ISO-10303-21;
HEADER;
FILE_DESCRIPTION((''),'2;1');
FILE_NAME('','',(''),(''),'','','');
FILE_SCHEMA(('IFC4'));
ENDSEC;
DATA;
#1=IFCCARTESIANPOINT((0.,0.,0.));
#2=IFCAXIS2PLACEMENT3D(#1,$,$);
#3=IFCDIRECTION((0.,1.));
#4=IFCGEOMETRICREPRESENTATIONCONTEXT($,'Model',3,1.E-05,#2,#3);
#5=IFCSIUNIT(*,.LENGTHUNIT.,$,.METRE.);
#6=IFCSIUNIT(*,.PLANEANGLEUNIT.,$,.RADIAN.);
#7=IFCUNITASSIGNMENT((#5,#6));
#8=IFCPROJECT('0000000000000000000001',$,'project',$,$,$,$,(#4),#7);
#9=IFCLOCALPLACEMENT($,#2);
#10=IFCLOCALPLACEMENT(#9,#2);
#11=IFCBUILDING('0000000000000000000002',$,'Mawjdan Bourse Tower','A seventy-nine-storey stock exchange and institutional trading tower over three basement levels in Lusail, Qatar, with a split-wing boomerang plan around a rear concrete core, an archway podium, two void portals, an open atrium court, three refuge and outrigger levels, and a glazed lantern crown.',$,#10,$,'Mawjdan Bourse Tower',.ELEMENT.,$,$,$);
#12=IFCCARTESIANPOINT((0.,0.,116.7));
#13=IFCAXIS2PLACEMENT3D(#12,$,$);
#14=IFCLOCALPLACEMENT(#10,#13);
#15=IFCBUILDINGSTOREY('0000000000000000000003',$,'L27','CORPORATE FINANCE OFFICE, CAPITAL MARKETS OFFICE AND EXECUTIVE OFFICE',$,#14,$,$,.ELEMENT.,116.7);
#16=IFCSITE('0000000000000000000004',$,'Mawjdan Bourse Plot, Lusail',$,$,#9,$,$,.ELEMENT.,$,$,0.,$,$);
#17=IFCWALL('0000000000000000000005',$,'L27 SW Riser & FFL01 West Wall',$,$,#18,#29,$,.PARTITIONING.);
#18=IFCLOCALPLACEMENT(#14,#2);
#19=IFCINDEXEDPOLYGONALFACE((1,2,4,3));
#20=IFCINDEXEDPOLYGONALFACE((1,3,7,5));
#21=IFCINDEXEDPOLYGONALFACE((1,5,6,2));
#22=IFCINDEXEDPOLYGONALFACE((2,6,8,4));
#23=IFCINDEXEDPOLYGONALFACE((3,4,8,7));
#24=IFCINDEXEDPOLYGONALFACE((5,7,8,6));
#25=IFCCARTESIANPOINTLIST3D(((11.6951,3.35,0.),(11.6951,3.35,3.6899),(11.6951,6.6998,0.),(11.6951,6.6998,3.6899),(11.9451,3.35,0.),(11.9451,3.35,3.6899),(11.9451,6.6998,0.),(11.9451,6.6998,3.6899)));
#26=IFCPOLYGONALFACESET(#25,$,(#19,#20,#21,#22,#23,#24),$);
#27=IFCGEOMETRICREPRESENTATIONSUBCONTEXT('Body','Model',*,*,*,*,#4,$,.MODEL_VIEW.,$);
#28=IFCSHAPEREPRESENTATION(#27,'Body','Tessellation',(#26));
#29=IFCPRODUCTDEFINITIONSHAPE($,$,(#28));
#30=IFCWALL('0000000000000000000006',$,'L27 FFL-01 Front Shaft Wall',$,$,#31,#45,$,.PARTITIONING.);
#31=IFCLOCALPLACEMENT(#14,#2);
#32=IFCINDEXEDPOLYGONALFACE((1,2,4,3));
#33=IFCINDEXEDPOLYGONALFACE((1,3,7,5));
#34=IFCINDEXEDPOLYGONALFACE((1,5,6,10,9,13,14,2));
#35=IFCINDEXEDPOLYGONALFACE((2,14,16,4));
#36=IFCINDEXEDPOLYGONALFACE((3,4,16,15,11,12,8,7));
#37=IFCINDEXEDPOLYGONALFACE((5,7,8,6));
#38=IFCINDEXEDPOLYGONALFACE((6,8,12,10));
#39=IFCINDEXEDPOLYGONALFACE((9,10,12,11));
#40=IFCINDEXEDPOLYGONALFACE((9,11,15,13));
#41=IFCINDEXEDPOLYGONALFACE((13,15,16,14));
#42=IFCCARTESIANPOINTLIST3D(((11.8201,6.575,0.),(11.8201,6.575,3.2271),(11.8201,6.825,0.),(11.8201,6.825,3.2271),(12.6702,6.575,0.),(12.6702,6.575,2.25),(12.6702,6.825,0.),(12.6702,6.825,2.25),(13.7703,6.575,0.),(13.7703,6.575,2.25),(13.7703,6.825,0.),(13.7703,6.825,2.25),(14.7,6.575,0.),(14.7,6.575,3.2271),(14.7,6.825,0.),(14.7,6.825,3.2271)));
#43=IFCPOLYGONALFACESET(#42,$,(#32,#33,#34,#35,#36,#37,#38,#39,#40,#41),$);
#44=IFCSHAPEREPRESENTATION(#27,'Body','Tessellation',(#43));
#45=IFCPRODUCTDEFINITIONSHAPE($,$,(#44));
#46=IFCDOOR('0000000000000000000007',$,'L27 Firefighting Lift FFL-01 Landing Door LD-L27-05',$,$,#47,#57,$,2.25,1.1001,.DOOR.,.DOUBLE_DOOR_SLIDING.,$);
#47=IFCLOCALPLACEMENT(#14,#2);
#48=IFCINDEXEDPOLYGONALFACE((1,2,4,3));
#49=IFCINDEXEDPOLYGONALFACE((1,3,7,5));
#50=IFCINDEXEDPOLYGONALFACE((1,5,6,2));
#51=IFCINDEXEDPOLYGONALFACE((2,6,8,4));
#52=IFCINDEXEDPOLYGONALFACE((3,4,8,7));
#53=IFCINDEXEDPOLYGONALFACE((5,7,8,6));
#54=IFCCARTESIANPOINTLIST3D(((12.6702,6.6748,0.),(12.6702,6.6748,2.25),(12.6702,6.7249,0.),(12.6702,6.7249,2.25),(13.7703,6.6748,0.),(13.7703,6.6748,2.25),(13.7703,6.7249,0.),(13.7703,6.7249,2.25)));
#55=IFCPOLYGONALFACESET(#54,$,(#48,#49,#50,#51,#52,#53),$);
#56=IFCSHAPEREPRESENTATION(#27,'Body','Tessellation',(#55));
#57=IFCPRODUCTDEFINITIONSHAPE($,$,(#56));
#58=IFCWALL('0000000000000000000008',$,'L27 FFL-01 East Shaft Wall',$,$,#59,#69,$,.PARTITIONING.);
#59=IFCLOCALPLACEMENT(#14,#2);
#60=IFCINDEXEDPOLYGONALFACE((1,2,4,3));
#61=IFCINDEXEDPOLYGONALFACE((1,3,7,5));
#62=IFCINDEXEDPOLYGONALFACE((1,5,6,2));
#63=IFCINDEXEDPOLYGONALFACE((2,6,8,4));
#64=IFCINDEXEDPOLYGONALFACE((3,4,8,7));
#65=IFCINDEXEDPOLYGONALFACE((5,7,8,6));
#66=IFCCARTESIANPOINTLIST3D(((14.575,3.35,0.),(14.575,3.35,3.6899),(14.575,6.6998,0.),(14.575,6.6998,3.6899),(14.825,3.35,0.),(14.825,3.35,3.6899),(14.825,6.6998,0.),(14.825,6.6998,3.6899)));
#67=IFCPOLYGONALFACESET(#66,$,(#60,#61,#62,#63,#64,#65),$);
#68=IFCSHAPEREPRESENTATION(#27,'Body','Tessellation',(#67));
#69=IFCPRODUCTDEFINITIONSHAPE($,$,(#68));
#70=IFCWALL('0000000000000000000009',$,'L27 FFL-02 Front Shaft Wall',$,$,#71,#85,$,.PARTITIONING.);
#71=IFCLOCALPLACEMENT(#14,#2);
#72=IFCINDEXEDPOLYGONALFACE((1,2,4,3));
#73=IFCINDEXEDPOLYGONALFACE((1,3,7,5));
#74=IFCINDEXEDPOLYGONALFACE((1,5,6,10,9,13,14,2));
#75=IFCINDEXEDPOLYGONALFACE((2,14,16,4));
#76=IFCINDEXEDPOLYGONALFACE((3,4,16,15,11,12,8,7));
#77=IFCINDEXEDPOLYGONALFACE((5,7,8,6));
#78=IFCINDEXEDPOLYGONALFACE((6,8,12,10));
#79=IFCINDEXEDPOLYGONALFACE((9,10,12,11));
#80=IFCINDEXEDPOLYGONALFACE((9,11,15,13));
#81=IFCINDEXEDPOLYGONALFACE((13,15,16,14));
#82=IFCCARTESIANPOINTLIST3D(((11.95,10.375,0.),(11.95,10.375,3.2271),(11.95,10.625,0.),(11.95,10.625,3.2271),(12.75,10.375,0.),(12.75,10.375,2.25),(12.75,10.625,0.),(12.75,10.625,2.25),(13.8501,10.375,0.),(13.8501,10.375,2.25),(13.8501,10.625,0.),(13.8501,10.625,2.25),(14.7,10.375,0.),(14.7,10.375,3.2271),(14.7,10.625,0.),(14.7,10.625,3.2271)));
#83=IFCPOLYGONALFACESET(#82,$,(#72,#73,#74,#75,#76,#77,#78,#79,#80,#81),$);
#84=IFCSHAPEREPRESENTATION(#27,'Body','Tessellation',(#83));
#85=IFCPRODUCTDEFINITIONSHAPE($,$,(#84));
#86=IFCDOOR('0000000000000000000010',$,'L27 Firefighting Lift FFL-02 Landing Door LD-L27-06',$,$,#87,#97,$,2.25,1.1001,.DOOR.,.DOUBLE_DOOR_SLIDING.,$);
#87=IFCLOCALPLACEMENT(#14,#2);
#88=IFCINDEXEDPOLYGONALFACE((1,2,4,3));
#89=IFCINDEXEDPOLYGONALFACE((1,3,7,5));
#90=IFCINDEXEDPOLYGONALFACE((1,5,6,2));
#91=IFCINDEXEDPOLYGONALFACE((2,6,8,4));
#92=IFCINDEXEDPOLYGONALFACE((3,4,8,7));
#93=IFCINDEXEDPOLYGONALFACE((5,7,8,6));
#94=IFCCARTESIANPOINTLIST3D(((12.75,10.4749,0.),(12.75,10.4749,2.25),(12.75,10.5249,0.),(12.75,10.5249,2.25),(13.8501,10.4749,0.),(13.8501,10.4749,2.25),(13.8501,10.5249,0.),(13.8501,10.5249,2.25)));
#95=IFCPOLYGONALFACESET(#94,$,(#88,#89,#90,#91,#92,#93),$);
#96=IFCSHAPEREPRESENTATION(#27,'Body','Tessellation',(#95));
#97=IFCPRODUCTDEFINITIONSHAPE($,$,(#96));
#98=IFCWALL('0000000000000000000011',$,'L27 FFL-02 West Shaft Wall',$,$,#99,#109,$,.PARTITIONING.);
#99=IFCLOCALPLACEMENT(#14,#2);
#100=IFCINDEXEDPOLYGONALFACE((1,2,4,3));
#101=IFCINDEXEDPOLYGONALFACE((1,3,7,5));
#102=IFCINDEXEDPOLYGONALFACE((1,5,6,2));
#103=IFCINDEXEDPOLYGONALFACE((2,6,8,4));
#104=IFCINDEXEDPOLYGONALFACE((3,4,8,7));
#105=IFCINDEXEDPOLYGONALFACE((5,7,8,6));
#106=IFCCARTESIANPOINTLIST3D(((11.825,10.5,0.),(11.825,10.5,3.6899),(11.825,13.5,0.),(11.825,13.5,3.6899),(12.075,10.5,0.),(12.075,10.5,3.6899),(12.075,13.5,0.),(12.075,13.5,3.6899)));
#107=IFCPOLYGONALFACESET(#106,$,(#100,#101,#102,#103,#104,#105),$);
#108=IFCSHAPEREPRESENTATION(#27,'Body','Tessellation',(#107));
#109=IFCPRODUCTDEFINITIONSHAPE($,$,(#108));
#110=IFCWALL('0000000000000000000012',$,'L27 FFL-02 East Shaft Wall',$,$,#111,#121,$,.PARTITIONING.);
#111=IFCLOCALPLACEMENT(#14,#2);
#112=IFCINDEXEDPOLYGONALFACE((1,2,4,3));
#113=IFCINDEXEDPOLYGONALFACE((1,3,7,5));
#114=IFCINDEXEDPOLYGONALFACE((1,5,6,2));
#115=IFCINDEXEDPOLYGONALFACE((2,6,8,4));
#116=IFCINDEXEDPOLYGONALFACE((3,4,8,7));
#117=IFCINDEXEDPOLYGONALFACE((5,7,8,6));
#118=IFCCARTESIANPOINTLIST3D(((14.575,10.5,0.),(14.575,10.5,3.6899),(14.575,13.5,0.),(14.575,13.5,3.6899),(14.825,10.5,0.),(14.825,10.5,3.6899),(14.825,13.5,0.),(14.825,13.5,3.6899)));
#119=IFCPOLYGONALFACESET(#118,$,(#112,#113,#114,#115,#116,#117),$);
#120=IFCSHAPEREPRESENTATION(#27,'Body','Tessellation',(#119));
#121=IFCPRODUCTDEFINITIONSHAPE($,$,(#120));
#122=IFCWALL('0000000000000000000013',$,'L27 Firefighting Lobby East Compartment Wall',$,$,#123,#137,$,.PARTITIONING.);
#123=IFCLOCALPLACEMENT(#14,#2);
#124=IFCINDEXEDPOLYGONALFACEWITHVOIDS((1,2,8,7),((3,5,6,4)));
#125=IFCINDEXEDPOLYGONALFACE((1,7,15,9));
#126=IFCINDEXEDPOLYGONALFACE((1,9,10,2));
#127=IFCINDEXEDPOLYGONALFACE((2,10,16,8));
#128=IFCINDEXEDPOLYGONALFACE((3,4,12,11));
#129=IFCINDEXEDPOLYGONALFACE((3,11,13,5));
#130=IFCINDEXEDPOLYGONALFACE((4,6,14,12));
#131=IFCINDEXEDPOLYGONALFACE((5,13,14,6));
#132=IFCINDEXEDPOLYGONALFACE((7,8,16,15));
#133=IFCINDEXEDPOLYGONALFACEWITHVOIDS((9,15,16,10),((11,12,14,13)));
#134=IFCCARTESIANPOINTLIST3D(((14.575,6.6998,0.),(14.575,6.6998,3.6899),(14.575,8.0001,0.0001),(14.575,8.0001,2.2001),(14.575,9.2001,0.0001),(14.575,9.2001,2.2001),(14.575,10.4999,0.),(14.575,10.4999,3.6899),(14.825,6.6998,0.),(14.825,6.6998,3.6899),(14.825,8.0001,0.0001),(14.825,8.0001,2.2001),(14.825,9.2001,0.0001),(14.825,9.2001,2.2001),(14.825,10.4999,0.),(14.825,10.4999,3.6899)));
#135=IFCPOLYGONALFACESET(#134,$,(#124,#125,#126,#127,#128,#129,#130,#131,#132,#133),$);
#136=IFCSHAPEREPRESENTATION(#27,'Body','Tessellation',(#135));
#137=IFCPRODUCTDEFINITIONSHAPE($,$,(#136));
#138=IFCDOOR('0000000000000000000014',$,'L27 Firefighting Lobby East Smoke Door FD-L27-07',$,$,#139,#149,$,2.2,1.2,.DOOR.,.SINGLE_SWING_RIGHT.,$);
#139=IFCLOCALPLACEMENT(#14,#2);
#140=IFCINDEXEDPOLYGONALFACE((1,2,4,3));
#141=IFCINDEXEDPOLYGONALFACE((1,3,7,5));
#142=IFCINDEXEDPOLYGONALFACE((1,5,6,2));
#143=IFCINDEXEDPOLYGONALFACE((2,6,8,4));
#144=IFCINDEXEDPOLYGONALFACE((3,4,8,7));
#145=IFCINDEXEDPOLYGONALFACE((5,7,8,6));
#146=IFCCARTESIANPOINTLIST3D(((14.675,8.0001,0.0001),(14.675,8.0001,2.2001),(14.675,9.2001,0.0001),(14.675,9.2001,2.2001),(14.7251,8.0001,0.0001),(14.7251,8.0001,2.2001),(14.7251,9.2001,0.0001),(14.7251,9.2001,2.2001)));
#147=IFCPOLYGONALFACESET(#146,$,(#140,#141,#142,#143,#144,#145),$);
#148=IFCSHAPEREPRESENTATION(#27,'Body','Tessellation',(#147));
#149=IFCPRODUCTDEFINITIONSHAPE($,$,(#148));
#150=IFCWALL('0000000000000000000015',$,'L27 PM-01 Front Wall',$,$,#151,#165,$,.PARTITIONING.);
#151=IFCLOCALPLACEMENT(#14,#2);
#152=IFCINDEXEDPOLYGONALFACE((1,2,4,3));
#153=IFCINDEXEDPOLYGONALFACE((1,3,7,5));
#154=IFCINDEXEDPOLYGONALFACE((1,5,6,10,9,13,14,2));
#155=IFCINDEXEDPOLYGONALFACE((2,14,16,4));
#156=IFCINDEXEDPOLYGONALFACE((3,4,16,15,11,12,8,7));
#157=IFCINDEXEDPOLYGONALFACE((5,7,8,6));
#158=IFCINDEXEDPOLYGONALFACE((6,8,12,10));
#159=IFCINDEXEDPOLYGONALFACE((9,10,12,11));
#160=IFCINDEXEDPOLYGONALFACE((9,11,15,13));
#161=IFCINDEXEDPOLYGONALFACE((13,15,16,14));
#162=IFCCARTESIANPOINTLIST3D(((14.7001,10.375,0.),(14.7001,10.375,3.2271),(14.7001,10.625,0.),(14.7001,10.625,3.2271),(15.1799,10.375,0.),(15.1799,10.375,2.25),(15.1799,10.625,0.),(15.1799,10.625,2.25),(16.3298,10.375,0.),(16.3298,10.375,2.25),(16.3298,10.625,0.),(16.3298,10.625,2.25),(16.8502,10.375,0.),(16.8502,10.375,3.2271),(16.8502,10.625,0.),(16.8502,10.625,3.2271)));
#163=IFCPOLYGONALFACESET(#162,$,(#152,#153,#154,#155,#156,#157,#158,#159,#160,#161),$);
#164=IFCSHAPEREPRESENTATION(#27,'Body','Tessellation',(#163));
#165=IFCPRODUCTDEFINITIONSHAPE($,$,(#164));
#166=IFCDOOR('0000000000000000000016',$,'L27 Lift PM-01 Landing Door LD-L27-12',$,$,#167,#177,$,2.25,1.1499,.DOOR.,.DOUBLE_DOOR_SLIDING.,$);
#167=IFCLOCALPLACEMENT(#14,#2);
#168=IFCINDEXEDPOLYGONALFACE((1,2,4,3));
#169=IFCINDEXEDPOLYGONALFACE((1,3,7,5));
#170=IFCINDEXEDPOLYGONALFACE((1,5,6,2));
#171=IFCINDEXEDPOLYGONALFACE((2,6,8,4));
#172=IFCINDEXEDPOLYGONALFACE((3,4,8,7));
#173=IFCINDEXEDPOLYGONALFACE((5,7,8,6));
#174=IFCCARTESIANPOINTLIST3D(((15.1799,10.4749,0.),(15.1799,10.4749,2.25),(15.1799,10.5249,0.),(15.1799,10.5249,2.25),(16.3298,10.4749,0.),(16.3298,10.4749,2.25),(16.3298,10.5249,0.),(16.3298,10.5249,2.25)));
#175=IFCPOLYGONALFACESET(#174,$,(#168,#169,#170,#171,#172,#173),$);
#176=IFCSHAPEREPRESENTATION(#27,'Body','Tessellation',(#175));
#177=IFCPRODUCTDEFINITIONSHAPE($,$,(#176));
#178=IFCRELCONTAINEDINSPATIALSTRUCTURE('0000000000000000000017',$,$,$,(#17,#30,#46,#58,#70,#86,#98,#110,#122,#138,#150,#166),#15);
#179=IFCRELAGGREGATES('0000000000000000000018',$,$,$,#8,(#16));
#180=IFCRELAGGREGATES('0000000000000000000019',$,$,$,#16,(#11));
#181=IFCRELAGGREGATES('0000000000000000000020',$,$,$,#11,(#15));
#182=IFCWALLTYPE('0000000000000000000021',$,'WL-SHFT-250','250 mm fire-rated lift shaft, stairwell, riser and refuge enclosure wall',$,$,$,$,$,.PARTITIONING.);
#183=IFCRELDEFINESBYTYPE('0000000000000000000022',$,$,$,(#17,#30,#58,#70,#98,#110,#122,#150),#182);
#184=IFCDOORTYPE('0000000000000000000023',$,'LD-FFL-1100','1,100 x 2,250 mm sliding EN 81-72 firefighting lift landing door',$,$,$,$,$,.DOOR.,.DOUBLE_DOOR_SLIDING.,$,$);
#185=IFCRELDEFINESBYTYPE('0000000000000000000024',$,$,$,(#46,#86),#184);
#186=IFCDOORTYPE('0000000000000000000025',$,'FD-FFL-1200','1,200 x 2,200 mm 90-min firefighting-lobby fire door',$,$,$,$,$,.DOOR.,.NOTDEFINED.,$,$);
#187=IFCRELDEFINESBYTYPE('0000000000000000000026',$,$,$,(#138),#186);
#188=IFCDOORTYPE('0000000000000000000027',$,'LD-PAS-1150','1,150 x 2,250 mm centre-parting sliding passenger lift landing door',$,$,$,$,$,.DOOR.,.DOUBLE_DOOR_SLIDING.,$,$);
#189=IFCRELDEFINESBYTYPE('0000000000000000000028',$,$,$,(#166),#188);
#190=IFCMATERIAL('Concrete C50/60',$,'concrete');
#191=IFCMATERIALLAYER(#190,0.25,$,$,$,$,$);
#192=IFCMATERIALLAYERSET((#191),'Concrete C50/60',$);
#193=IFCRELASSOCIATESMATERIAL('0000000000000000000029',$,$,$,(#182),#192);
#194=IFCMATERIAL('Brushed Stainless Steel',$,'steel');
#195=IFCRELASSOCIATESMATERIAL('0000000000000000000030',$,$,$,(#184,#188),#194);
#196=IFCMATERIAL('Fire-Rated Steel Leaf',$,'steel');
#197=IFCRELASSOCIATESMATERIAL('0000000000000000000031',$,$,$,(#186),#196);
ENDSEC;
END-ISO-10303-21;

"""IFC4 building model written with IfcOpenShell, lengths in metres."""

from ifc_helpers import new_model, si_unit, direction, frame, frame_2d, origin, place, context, subcontext, project, spatial, rectangle, extrude, material, layer, layer_set, type_object, element, fill, save


model = new_model("IFC4")

# Units and contexts
model_context = context("Model", 3, precision=1e-05, world=origin(), true_north=direction((0.0, 1.0)))
body_context = subcontext(model_context, "Body", "Model", "MODEL_VIEW")
ifc_project = project(units=[si_unit("LENGTHUNIT", "METRE"), si_unit("PLANEANGLEUNIT", "RADIAN")], contexts=[model_context])

# Site, building, storey
site_placement = place(None, origin())
site = spatial("IfcSite", under=ifc_project, at=site_placement, Name="Mawjdan Bourse Plot, Lusail", CompositionType="ELEMENT", RefElevation=0.0)
building_placement = place(site_placement, origin())
building = spatial("IfcBuilding", under=site, at=building_placement, Name="Mawjdan Bourse Tower", Description="A seventy-nine-storey stock exchange and institutional trading tower over three basement levels in Lusail, Qatar, with a split-wing boomerang plan around a rear concrete core, an archway podium, two void portals, an open atrium court, three refuge and outrigger levels, and a glazed lantern crown.", LongName="Mawjdan Bourse Tower", CompositionType="ELEMENT")
storey_placement = place(building_placement, frame((0.0, 0.0, 116.7)))
storey = spatial("IfcBuildingStorey", under=building, at=storey_placement, Name="L27", Description="CORPORATE FINANCE OFFICE, CAPITAL MARKETS OFFICE AND EXECUTIVE OFFICE", CompositionType="ELEMENT", Elevation=116.7)

# Wall
ifc_material_1 = material(Name="Concrete C50/60", Category="concrete")
ifc_layer_1 = layer(ifc_material_1, 0.25)
ifc_layer_set_1 = layer_set([ifc_layer_1], Name="Concrete C50/60")
wall_type_1 = type_object("IfcWallType", Name="WL-SHFT-250", Description="250 mm fire-rated lift shaft, stairwell, riser and refuge enclosure wall", PredefinedType="PARTITIONING", material=ifc_layer_set_1)
wall_1_placement = place(storey_placement, frame((11.8201, 3.3501, 0.0), z_axis=(0.0, 0.0, 1.0), x_axis=(0.0, 1.0, 0.0)))
element("IfcWall", 1, at=wall_1_placement, inside=storey, type_object=wall_type_1, Name="L27 SW Riser & FFL01 West Wall", PredefinedType="PARTITIONING", context=body_context, shape_type="SweptSolid", body=[
    extrude(rectangle(XDim=3.3499, YDim=0.25, at=frame_2d((1.6748, 0.0))), origin(), (0.0, 0.0, 1.0), 3.6899),
])

# Wall, opening, door
wall_2_placement = place(storey_placement, frame((11.8201, 6.7, 0.0), z_axis=(0.0, 0.0, 1.0), x_axis=(1.0, 0.0, 0.0)))
wall_2 = element("IfcWall", 2, at=wall_2_placement, inside=storey, type_object=wall_type_1, Name="L27 FFL-01 Front Shaft Wall", PredefinedType="PARTITIONING", context=body_context, shape_type="SweptSolid", body=[
    extrude(rectangle(XDim=2.8799, YDim=0.25, at=frame_2d((1.4399, 0.0))), origin(), (0.0, 0.0, 1.0), 3.2271),
])
opening_1_placement = place(wall_2_placement, frame((0.8501, 0.0, 0.0)))
opening_1 = element("IfcOpeningElement", 3, at=opening_1_placement, cuts=wall_2, PredefinedType="OPENING", context=body_context, shape_type="SweptSolid", body=[
    extrude(rectangle(XDim=1.1001, YDim=2.25, at=frame_2d((0.55, 1.125))), frame((0.0, 0.135, 0.0), z_axis=(0.0, -1.0, 0.0), x_axis=(1.0, 0.0, 0.0)), (0.0, 0.0, 1.0), 0.27),
])
ifc_material_2 = material(Name="Brushed Stainless Steel", Category="steel")
door_type_1 = type_object("IfcDoorType", Name="LD-FFL-1100", Description="1,100 x 2,250 mm sliding EN 81-72 firefighting lift landing door", OperationType="DOUBLE_DOOR_SLIDING", PredefinedType="DOOR", material=ifc_material_2)
door_1_placement = place(opening_1_placement, origin())
door_1 = element("IfcDoor", 4, at=door_1_placement, inside=storey, type_object=door_type_1, Name="L27 Firefighting Lift FFL-01 Landing Door LD-L27-05", OperationType="DOUBLE_DOOR_SLIDING", OverallHeight=2.25, OverallWidth=1.1001, PredefinedType="DOOR", context=body_context, shape_type="SweptSolid", body=[
    extrude(rectangle(XDim=1.1001, YDim=2.25, at=frame_2d((0.55, 1.125))), frame((0.0, 0.0249, 0.0), z_axis=(0.0, -1.0, 0.0), x_axis=(1.0, 0.0, 0.0)), (0.0, 0.0, 1.0), 0.05),
])
fill(opening_1, door_1)

# Wall
wall_3_placement = place(storey_placement, frame((14.7, 3.3501, 0.0), z_axis=(0.0, 0.0, 1.0), x_axis=(0.0, 1.0, 0.0)))
element("IfcWall", 5, at=wall_3_placement, inside=storey, type_object=wall_type_1, Name="L27 FFL-01 East Shaft Wall", PredefinedType="PARTITIONING", context=body_context, shape_type="SweptSolid", body=[
    extrude(rectangle(XDim=3.3499, YDim=0.25, at=frame_2d((1.6748, 0.0))), origin(), (0.0, 0.0, 1.0), 3.6899),
])

# Wall, opening, door
wall_4_placement = place(storey_placement, frame((11.95, 10.5, 0.0), z_axis=(0.0, 0.0, 1.0), x_axis=(1.0, 0.0, 0.0)))
wall_4 = element("IfcWall", 6, at=wall_4_placement, inside=storey, type_object=wall_type_1, Name="L27 FFL-02 Front Shaft Wall", PredefinedType="PARTITIONING", context=body_context, shape_type="SweptSolid", body=[
    extrude(rectangle(XDim=2.75, YDim=0.25, at=frame_2d((1.375, 0.0))), origin(), (0.0, 0.0, 1.0), 3.2271),
])
opening_2_placement = place(wall_4_placement, frame((0.8, 0.0, 0.0)))
opening_2 = element("IfcOpeningElement", 7, at=opening_2_placement, cuts=wall_4, PredefinedType="OPENING", context=body_context, shape_type="SweptSolid", body=[
    extrude(rectangle(XDim=1.1001, YDim=2.25, at=frame_2d((0.55, 1.125))), frame((0.0, 0.135, 0.0), z_axis=(0.0, -1.0, 0.0), x_axis=(1.0, 0.0, 0.0)), (0.0, 0.0, 1.0), 0.27),
])
door_2_placement = place(opening_2_placement, origin())
door_2 = element("IfcDoor", 8, at=door_2_placement, inside=storey, type_object=door_type_1, Name="L27 Firefighting Lift FFL-02 Landing Door LD-L27-06", OperationType="DOUBLE_DOOR_SLIDING", OverallHeight=2.25, OverallWidth=1.1001, PredefinedType="DOOR", context=body_context, shape_type="SweptSolid", body=[
    extrude(rectangle(XDim=1.1001, YDim=2.25, at=frame_2d((0.55, 1.125))), frame((0.0, 0.0249, 0.0), z_axis=(0.0, -1.0, 0.0), x_axis=(1.0, 0.0, 0.0)), (0.0, 0.0, 1.0), 0.05),
])
fill(opening_2, door_2)

# Walls
for number, where, z_axis, x_axis, name in (
    (9, (11.95, 10.5, 0.0), (0.0, 0.0, 1.0), (0.0, 1.0, 0.0), "L27 FFL-02 West Shaft Wall"),
    (10, (14.7, 10.5, 0.0), (0.0, 0.0, 1.0), (0.0, 1.0, 0.0), "L27 FFL-02 East Shaft Wall"),
):
    element("IfcWall", number, at=place(storey_placement, frame(where, z_axis=z_axis, x_axis=x_axis)), inside=storey, type_object=wall_type_1, Name=name, PredefinedType="PARTITIONING", context=body_context, shape_type="SweptSolid", body=[
        extrude(rectangle(XDim=3.0, YDim=0.25, at=frame_2d((1.5, 0.0))), origin(), (0.0, 0.0, 1.0), 3.6899),
    ])

# Walls, openings, doors
wall_5_placement = place(storey_placement, frame((14.7, 6.7, 0.0), z_axis=(0.0, 0.0, 1.0), x_axis=(0.0, 1.0, 0.0)))
wall_5 = element("IfcWall", 11, at=wall_5_placement, inside=storey, type_object=wall_type_1, Name="L27 Firefighting Lobby East Compartment Wall", PredefinedType="PARTITIONING", context=body_context, shape_type="SweptSolid", body=[
    extrude(rectangle(XDim=3.8, YDim=0.25, at=frame_2d((1.8999, 0.0))), origin(), (0.0, 0.0, 1.0), 3.6899),
])
opening_3_placement = place(wall_5_placement, frame((1.3, 0.0, 0.0)))
opening_3 = element("IfcOpeningElement", 12, at=opening_3_placement, cuts=wall_5, PredefinedType="OPENING", context=body_context, shape_type="SweptSolid", body=[
    extrude(rectangle(XDim=1.2, YDim=2.2, at=frame_2d((0.6001, 1.1001))), frame((0.0, 0.135, 0.0), z_axis=(0.0, -1.0, 0.0), x_axis=(1.0, 0.0, 0.0)), (0.0, 0.0, 1.0), 0.27),
])
ifc_material_3 = material(Name="Fire-Rated Steel Leaf", Category="steel")
door_type_2 = type_object("IfcDoorType", Name="FD-FFL-1200", Description="1,200 x 2,200 mm 90-min firefighting-lobby fire door", OperationType="NOTDEFINED", PredefinedType="DOOR", material=ifc_material_3)
door_3_placement = place(opening_3_placement, origin())
door_3 = element("IfcDoor", 13, at=door_3_placement, inside=storey, type_object=door_type_2, Name="L27 Firefighting Lobby East Smoke Door FD-L27-07", OperationType="SINGLE_SWING_RIGHT", OverallHeight=2.2, OverallWidth=1.2, PredefinedType="DOOR", context=body_context, shape_type="SweptSolid", body=[
    extrude(rectangle(XDim=1.2, YDim=2.2, at=frame_2d((0.6001, 1.1001))), frame((0.0, 0.0249, 0.0), z_axis=(0.0, -1.0, 0.0), x_axis=(1.0, 0.0, 0.0)), (0.0, 0.0, 1.0), 0.05),
])
fill(opening_3, door_3)
wall_6_placement = place(storey_placement, frame((14.7, 10.5, 0.0), z_axis=(0.0, 0.0, 1.0), x_axis=(1.0, 0.0, 0.0)))
wall_6 = element("IfcWall", 14, at=wall_6_placement, inside=storey, type_object=wall_type_1, Name="L27 PM-01 Front Wall", PredefinedType="PARTITIONING", context=body_context, shape_type="SweptSolid", body=[
    extrude(rectangle(XDim=2.1501, YDim=0.25, at=frame_2d((1.0752, 0.0))), origin(), (0.0, 0.0, 1.0), 3.2271),
])
opening_4_placement = place(wall_6_placement, frame((0.48, 0.0, 0.0)))
opening_4 = element("IfcOpeningElement", 15, at=opening_4_placement, cuts=wall_6, PredefinedType="OPENING", context=body_context, shape_type="SweptSolid", body=[
    extrude(rectangle(XDim=1.1499, YDim=2.25, at=frame_2d((0.575, 1.125))), frame((0.0, 0.135, 0.0), z_axis=(0.0, -1.0, 0.0), x_axis=(1.0, 0.0, 0.0)), (0.0, 0.0, 1.0), 0.27),
])
door_type_3 = type_object("IfcDoorType", Name="LD-PAS-1150", Description="1,150 x 2,250 mm centre-parting sliding passenger lift landing door", OperationType="DOUBLE_DOOR_SLIDING", PredefinedType="DOOR", material=ifc_material_2)
door_4_placement = place(opening_4_placement, origin())
door_4 = element("IfcDoor", 16, at=door_4_placement, inside=storey, type_object=door_type_3, Name="L27 Lift PM-01 Landing Door LD-L27-12", OperationType="DOUBLE_DOOR_SLIDING", OverallHeight=2.25, OverallWidth=1.1499, PredefinedType="DOOR", context=body_context, shape_type="SweptSolid", body=[
    extrude(rectangle(XDim=1.1499, YDim=2.25, at=frame_2d((0.575, 1.125))), frame((0.0, 0.0249, 0.0), z_axis=(0.0, -1.0, 0.0), x_axis=(1.0, 0.0, 0.0)), (0.0, 0.0, 1.0), 0.05),
])
fill(opening_4, door_4)

save(model, "model.ifc")
